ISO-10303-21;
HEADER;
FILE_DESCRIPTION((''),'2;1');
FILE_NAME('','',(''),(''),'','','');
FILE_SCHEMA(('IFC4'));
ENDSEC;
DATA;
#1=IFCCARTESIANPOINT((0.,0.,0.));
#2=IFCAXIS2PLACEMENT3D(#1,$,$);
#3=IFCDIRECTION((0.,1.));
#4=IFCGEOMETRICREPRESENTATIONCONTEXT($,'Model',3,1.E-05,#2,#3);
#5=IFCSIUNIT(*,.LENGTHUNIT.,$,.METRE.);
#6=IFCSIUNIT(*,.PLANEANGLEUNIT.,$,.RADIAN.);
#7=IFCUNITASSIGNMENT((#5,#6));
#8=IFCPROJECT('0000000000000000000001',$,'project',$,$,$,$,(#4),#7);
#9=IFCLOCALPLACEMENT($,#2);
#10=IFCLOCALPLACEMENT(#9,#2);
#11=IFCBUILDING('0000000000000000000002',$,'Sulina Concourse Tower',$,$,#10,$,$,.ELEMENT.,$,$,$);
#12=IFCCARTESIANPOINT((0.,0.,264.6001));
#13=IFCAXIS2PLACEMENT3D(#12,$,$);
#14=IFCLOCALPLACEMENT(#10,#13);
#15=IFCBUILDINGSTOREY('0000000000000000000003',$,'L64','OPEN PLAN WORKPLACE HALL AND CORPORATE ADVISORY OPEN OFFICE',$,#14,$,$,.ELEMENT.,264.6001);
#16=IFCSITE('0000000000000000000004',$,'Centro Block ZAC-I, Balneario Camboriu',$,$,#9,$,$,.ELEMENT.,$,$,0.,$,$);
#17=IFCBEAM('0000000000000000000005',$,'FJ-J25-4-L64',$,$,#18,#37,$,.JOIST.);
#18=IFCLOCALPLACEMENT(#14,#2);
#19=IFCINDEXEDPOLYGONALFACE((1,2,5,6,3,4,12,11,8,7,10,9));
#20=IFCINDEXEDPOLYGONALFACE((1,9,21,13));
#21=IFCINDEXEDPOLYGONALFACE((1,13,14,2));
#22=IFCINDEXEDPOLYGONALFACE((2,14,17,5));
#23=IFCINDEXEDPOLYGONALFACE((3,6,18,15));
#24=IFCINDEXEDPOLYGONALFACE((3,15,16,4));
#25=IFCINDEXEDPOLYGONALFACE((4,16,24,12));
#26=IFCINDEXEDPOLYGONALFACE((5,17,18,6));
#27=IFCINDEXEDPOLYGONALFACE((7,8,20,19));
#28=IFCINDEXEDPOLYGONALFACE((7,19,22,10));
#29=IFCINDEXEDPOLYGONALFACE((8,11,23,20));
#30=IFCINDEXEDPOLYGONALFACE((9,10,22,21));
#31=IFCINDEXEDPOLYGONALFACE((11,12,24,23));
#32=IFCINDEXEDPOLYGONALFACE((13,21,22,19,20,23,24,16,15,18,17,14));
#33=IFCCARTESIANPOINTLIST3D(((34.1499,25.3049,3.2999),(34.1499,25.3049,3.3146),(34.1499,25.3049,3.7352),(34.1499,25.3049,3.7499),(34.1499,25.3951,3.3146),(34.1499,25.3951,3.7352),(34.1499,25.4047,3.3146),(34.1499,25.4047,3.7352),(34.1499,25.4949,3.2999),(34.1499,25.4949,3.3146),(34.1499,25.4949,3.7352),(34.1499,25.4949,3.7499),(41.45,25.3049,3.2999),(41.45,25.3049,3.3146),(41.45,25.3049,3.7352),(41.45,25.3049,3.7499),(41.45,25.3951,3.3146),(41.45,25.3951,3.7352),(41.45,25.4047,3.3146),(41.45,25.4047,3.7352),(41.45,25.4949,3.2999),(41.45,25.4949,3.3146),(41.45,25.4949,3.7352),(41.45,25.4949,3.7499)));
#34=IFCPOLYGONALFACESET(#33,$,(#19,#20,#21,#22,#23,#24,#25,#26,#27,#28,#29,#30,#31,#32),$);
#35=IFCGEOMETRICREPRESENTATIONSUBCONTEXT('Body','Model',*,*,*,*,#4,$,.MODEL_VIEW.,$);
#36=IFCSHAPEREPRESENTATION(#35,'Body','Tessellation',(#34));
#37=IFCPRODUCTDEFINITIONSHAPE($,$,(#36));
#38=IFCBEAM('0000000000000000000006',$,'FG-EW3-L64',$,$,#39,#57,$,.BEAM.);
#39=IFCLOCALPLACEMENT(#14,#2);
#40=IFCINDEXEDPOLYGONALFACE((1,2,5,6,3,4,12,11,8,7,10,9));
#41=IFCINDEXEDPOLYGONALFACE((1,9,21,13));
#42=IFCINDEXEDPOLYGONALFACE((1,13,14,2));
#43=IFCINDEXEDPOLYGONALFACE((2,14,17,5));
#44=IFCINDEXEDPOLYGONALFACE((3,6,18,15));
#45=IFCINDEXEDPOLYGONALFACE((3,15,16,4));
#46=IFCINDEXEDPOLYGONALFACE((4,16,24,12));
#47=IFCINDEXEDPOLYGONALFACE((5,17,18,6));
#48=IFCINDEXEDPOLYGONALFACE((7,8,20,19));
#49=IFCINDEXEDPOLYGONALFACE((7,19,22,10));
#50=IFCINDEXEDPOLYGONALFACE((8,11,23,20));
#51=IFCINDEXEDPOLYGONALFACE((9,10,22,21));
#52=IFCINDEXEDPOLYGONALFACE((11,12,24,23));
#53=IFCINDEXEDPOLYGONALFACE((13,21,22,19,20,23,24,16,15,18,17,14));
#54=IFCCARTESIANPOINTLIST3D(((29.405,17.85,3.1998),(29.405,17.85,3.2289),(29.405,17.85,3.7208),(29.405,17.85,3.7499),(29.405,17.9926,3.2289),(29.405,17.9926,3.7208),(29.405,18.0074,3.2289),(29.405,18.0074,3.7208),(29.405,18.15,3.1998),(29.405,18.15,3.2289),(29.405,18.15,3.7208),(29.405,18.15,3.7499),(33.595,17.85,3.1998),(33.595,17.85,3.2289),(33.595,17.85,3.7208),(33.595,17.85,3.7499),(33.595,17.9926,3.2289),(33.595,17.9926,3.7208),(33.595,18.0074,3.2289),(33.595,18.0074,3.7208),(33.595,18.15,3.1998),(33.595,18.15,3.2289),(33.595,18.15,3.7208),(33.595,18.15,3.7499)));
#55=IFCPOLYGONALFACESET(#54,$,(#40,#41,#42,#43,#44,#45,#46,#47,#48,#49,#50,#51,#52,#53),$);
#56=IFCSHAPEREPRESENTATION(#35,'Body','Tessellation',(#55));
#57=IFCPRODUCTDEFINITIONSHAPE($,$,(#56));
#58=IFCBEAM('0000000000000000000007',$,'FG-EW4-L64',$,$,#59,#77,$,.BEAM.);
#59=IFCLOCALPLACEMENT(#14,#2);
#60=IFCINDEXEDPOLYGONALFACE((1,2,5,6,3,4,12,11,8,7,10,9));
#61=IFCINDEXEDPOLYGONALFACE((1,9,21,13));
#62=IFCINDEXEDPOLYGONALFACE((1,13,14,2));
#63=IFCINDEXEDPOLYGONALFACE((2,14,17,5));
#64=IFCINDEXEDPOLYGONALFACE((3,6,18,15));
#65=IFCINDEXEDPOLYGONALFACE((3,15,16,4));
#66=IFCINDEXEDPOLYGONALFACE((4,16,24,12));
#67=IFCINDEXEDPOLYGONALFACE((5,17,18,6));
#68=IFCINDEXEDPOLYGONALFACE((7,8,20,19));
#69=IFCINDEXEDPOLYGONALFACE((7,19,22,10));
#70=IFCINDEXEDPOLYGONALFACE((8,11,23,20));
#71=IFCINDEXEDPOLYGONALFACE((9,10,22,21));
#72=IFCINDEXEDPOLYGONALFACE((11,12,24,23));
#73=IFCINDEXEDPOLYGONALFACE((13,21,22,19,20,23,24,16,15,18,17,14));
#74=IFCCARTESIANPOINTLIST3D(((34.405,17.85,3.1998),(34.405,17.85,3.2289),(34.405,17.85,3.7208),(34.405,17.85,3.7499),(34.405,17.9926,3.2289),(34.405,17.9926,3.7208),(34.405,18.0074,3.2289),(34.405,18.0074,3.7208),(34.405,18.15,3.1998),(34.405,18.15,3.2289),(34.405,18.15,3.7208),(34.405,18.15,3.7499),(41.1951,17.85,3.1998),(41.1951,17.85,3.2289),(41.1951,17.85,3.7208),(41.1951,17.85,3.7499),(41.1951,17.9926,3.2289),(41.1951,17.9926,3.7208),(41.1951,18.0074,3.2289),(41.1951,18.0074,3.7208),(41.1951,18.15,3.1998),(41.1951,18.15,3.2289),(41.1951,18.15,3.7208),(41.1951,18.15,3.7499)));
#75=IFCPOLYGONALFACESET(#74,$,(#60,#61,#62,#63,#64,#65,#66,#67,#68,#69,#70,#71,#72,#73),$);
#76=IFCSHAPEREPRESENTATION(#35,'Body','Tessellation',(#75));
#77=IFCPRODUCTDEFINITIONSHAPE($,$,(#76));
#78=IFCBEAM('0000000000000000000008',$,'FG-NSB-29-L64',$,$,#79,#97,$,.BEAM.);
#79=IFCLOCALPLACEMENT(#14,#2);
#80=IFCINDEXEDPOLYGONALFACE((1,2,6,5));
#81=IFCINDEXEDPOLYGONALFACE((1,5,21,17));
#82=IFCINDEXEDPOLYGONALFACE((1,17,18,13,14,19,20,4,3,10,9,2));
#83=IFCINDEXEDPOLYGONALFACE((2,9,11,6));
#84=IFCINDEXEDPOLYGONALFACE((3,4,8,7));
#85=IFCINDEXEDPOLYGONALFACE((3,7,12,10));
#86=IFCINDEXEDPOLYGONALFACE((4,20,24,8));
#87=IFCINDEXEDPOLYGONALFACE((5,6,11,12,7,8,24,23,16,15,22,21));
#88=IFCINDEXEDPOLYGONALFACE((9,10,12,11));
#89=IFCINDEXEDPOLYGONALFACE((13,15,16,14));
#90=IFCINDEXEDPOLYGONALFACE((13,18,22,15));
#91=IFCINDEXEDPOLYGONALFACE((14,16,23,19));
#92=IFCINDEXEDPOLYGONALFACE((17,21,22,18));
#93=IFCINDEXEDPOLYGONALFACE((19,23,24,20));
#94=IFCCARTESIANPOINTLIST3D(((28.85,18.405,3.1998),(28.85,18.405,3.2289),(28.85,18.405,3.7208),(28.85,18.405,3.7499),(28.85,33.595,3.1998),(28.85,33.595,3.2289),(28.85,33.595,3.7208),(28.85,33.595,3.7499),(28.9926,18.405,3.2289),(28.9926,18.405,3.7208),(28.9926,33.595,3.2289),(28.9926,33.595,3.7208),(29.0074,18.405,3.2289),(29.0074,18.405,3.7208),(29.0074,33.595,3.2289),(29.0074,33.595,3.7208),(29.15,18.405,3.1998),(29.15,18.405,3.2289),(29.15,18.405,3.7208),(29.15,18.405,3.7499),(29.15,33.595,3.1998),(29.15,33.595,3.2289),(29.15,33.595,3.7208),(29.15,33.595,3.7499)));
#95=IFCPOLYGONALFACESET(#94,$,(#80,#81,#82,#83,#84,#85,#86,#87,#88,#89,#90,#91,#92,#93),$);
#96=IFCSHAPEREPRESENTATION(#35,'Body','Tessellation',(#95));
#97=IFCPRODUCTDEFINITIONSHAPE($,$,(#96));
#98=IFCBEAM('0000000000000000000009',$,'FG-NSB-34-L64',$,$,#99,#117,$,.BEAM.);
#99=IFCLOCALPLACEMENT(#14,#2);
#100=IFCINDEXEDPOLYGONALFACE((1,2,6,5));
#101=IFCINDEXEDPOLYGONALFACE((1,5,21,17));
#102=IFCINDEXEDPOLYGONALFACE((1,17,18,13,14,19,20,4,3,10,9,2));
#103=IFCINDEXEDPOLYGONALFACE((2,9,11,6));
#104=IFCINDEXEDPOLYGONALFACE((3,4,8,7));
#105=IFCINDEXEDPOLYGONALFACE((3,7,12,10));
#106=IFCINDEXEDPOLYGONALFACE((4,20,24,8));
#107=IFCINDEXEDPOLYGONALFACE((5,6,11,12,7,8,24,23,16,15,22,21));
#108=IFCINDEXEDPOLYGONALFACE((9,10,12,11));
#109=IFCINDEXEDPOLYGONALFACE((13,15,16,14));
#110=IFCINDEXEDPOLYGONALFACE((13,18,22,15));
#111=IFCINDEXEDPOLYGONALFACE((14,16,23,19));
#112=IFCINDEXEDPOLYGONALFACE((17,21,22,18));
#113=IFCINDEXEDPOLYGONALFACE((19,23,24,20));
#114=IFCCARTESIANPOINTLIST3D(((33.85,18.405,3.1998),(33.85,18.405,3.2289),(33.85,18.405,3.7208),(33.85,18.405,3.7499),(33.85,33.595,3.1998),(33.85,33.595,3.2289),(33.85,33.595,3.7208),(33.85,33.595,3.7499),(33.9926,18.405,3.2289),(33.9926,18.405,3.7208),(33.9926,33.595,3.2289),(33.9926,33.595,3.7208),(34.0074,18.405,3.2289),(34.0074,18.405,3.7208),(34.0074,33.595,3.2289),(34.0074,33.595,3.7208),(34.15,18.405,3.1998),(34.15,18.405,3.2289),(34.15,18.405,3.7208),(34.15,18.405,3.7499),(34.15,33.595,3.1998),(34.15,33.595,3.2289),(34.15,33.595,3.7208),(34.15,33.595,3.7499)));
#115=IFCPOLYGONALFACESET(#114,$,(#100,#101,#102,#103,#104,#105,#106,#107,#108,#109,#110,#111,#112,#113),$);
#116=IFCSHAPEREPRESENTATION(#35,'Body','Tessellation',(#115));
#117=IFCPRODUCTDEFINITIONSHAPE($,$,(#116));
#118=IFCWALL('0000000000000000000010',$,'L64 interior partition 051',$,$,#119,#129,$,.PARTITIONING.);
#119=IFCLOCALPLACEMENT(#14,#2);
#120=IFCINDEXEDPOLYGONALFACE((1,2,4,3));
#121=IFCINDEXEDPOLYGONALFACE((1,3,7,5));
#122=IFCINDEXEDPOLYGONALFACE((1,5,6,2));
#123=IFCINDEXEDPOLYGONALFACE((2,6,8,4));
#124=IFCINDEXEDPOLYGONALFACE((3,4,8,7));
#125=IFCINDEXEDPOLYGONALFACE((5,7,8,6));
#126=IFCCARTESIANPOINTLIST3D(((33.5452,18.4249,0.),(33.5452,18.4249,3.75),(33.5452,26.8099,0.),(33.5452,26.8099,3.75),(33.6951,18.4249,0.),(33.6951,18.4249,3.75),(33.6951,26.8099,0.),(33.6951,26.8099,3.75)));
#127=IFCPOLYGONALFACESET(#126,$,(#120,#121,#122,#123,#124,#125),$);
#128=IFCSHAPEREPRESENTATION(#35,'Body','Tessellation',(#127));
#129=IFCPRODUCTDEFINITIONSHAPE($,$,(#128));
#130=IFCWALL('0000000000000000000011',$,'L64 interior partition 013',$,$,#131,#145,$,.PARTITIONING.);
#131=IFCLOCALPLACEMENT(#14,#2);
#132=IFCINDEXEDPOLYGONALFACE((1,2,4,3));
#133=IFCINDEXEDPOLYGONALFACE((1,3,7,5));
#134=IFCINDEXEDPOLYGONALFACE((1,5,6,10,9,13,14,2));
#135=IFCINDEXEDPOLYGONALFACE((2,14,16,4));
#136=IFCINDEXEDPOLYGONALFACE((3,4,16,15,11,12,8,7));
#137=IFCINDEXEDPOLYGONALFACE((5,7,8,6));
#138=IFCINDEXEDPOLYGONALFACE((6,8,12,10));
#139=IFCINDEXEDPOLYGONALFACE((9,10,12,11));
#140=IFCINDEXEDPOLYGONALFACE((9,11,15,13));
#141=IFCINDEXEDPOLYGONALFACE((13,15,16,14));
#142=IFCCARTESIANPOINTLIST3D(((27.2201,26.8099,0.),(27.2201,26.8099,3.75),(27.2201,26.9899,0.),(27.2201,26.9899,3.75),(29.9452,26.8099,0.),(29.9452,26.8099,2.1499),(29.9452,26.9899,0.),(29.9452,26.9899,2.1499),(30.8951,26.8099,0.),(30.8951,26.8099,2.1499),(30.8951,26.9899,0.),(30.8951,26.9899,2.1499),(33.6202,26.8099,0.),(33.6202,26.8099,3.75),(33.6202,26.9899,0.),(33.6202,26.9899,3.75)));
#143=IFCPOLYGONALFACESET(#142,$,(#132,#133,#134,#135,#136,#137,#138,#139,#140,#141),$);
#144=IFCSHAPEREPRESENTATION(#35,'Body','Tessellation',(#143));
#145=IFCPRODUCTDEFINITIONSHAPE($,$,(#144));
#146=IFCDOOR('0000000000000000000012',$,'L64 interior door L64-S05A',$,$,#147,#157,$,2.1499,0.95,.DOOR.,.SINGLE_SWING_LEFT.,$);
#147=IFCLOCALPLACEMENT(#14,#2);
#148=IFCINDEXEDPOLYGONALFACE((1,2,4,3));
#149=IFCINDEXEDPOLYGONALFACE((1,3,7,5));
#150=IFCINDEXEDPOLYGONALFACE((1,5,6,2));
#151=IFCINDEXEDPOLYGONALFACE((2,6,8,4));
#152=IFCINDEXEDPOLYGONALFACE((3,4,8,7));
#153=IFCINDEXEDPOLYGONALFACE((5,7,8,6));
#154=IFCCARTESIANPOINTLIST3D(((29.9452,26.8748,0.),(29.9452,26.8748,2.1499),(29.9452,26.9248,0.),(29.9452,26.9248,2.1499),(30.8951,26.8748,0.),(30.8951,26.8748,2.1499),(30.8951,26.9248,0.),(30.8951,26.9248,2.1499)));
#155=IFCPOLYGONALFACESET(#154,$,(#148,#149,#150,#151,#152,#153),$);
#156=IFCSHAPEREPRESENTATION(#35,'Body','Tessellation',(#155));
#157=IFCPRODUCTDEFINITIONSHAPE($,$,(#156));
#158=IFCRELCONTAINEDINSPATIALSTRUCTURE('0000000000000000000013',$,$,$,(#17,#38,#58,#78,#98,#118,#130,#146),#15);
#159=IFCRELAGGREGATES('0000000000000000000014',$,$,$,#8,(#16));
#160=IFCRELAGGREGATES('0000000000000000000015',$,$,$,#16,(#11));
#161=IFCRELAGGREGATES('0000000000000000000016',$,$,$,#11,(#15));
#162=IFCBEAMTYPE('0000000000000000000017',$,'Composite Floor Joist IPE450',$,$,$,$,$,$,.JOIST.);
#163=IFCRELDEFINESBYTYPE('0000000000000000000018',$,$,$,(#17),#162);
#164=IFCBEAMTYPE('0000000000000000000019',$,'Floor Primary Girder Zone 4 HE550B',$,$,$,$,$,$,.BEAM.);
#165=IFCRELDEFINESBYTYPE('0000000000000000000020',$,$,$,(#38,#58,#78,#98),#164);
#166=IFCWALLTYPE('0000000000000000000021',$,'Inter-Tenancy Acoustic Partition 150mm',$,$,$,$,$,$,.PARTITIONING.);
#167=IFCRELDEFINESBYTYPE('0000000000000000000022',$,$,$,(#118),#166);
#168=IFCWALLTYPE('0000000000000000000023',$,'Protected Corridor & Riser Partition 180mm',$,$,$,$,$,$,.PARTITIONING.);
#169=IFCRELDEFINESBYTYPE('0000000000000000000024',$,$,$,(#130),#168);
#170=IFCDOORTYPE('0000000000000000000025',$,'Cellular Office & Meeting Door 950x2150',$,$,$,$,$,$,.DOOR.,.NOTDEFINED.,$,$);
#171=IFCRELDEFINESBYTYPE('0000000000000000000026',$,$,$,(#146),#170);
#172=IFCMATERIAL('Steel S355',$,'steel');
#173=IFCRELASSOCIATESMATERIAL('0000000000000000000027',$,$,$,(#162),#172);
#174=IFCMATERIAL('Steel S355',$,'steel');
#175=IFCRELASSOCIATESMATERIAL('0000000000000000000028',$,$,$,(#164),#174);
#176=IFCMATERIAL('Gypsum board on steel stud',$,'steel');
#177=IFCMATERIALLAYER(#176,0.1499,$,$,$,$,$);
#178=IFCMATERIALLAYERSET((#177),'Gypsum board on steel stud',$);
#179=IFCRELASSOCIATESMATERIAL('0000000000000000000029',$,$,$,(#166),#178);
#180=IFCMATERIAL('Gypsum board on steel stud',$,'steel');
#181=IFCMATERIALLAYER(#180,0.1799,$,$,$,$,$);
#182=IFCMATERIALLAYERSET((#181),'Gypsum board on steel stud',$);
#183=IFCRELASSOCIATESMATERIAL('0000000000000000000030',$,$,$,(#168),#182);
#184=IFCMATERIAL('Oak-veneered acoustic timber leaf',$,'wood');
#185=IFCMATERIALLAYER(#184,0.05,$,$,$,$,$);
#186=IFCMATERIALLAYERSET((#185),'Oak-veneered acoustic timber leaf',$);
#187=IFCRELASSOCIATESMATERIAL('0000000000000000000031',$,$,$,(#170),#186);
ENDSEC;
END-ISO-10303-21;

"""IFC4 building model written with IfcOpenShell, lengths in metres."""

from ifc_helpers import new_model, si_unit, direction, frame, frame_2d, origin, origin_2d, place, context, subcontext, project, spatial, rectangle, i_section, extrude, material, layer, layer_set, material_profile, profile_set, type_object, element, fill, save


model = new_model("IFC4")

# Units and contexts
model_context = context("Model", 3, precision=1e-05, world=origin(), true_north=direction((0.0, 1.0)))
body_context = subcontext(model_context, "Body", "Model", "MODEL_VIEW")
ifc_project = project(units=[si_unit("LENGTHUNIT", "METRE"), si_unit("PLANEANGLEUNIT", "RADIAN")], contexts=[model_context])

# Site, building, storey
site_placement = place(None, origin())
site = spatial("IfcSite", under=ifc_project, at=site_placement, Name="Centro Block ZAC-I, Balneario Camboriu", CompositionType="ELEMENT", RefElevation=0.0)
building_placement = place(site_placement, origin())
building = spatial("IfcBuilding", under=site, at=building_placement, Name="Sulina Concourse Tower", CompositionType="ELEMENT")
storey_placement = place(building_placement, frame((0.0, 0.0, 264.6001)))
storey = spatial("IfcBuildingStorey", under=building, at=storey_placement, Name="L64", Description="OPEN PLAN WORKPLACE HALL AND CORPORATE ADVISORY OPEN OFFICE", CompositionType="ELEMENT", Elevation=264.6001)

# Beams
ifc_material_1 = material(Name="Steel S355", Category="steel")
ifc_material_profile_1 = material_profile(ifc_material_1, i_section(OverallWidth=0.1899, OverallDepth=0.45, WebThickness=0.0095, FlangeThickness=0.0146, at=origin_2d()), Name="IPE 450")
ifc_profile_set_1 = profile_set([ifc_material_profile_1], Name="Steel S355")
beam_type_1 = type_object("IfcBeamType", Name="Composite Floor Joist IPE450", PredefinedType="JOIST", material=ifc_profile_set_1)
beam_1_placement = place(storey_placement, frame((34.1499, 25.3999, 3.5249), z_axis=(1.0, 0.0, 0.0), x_axis=(0.0, 1.0, 0.0)))
element("IfcBeam", 1, at=beam_1_placement, inside=storey, type_object=beam_type_1, Name="FJ-J25-4-L64", PredefinedType="JOIST", context=body_context, shape_type="SweptSolid", body=[
    extrude(i_section(OverallWidth=0.1899, OverallDepth=0.45, WebThickness=0.0095, FlangeThickness=0.0146, at=origin_2d()), origin(), (0.0, 0.0, 1.0), 7.3),
])
ifc_material_2 = material(Name="Steel S355", Category="steel")
ifc_material_profile_2 = material_profile(ifc_material_2, i_section(OverallWidth=0.3, OverallDepth=0.55, WebThickness=0.0149, FlangeThickness=0.0291, at=origin_2d()), Name="HE 550 B")
ifc_profile_set_2 = profile_set([ifc_material_profile_2], Name="Steel S355")
beam_type_2 = type_object("IfcBeamType", Name="Floor Primary Girder Zone 4 HE550B", PredefinedType="BEAM", material=ifc_profile_set_2)
beam_2_placement = place(storey_placement, frame((29.405, 18.0, 3.4749), z_axis=(1.0, 0.0, 0.0), x_axis=(0.0, 1.0, 0.0)))
element("IfcBeam", 2, at=beam_2_placement, inside=storey, type_object=beam_type_2, Name="FG-EW3-L64", PredefinedType="BEAM", context=body_context, shape_type="SweptSolid", body=[
    extrude(i_section(OverallWidth=0.3, OverallDepth=0.55, WebThickness=0.0149, FlangeThickness=0.0291, at=origin_2d()), origin(), (0.0, 0.0, 1.0), 4.1899),
])
beam_3_placement = place(storey_placement, frame((34.405, 18.0, 3.4749), z_axis=(1.0, 0.0, 0.0), x_axis=(0.0, 1.0, 0.0)))
element("IfcBeam", 3, at=beam_3_placement, inside=storey, type_object=beam_type_2, Name="FG-EW4-L64", PredefinedType="BEAM", context=body_context, shape_type="SweptSolid", body=[
    extrude(i_section(OverallWidth=0.3, OverallDepth=0.55, WebThickness=0.0149, FlangeThickness=0.0291, at=origin_2d()), origin(), (0.0, 0.0, 1.0), 6.79),
])
for number, where, z_axis, x_axis, name in (
    (4, (29.0, 18.405, 3.4749), (0.0, 1.0, 0.0), (-1.0, 0.0, 0.0), "FG-NSB-29-L64"),
    (5, (34.0, 18.405, 3.4749), (0.0, 1.0, 0.0), (-1.0, 0.0, 0.0), "FG-NSB-34-L64"),
):
    element("IfcBeam", number, at=place(storey_placement, frame(where, z_axis=z_axis, x_axis=x_axis)), inside=storey, type_object=beam_type_2, Name=name, PredefinedType="BEAM", context=body_context, shape_type="SweptSolid", body=[
        extrude(i_section(OverallWidth=0.3, OverallDepth=0.55, WebThickness=0.0149, FlangeThickness=0.0291, at=origin_2d()), origin(), (0.0, 0.0, 1.0), 15.1899),
    ])

# Wall
ifc_material_3 = material(Name="Gypsum board on steel stud", Category="steel")
ifc_layer_1 = layer(ifc_material_3, 0.1499)
ifc_layer_set_1 = layer_set([ifc_layer_1], Name="Gypsum board on steel stud")
wall_type_1 = type_object("IfcWallType", Name="Inter-Tenancy Acoustic Partition 150mm", PredefinedType="PARTITIONING", material=ifc_layer_set_1)
wall_1_placement = place(storey_placement, frame((33.6201, 18.425, 0.0), z_axis=(0.0, 0.0, 1.0), x_axis=(0.0, 1.0, 0.0)))
element("IfcWall", 6, at=wall_1_placement, inside=storey, type_object=wall_type_1, Name="L64 interior partition 051", PredefinedType="PARTITIONING", context=body_context, shape_type="SweptSolid", body=[
    extrude(rectangle(XDim=8.385, YDim=0.1499, at=frame_2d((4.1924, 0.0))), origin(), (0.0, 0.0, 1.0), 3.75),
])

# Wall, opening, door
ifc_material_4 = material(Name="Gypsum board on steel stud", Category="steel")
ifc_layer_2 = layer(ifc_material_4, 0.1799)
ifc_layer_set_2 = layer_set([ifc_layer_2], Name="Gypsum board on steel stud")
wall_type_2 = type_object("IfcWallType", Name="Protected Corridor & Riser Partition 180mm", PredefinedType="PARTITIONING", material=ifc_layer_set_2)
wall_2_placement = place(storey_placement, frame((27.22, 26.8999, 0.0), z_axis=(0.0, 0.0, 1.0), x_axis=(1.0, 0.0, 0.0)))
wall_2 = element("IfcWall", 7, at=wall_2_placement, inside=storey, type_object=wall_type_2, Name="L64 interior partition 013", PredefinedType="PARTITIONING", context=body_context, shape_type="SweptSolid", body=[
    extrude(rectangle(XDim=6.4001, YDim=0.1799, at=frame_2d((3.2002, 0.0))), origin(), (0.0, 0.0, 1.0), 3.75),
])
opening_1_placement = place(wall_2_placement, frame((2.7251, 0.0, 0.0)))
opening_1 = element("IfcOpeningElement", 8, at=opening_1_placement, cuts=wall_2, PredefinedType="OPENING", context=body_context, shape_type="SweptSolid", body=[
    extrude(rectangle(XDim=0.95, YDim=2.1499, at=frame_2d((0.4751, 1.075))), frame((0.0, 0.0999, 0.0), z_axis=(0.0, -1.0, 0.0), x_axis=(1.0, 0.0, 0.0)), (0.0, 0.0, 1.0), 0.2),
])
ifc_material_5 = material(Name="Oak-veneered acoustic timber leaf", Category="wood")
ifc_layer_3 = layer(ifc_material_5, 0.05)
ifc_layer_set_3 = layer_set([ifc_layer_3], Name="Oak-veneered acoustic timber leaf")
door_type_1 = type_object("IfcDoorType", Name="Cellular Office & Meeting Door 950x2150", OperationType="NOTDEFINED", PredefinedType="DOOR", material=ifc_layer_set_3)
door_1_placement = place(opening_1_placement, origin())
door_1 = element("IfcDoor", 9, at=door_1_placement, inside=storey, type_object=door_type_1, Name="L64 interior door L64-S05A", OperationType="SINGLE_SWING_LEFT", OverallHeight=2.1499, OverallWidth=0.95, PredefinedType="DOOR", context=body_context, shape_type="SweptSolid", body=[
    extrude(rectangle(XDim=0.95, YDim=2.1499, at=frame_2d((0.4751, 1.075))), frame((0.0, 0.0249, 0.0), z_axis=(0.0, -1.0, 0.0), x_axis=(1.0, 0.0, 0.0)), (0.0, 0.0, 1.0), 0.05),
])
fill(opening_1, door_1)

save(model, "model.ifc")
